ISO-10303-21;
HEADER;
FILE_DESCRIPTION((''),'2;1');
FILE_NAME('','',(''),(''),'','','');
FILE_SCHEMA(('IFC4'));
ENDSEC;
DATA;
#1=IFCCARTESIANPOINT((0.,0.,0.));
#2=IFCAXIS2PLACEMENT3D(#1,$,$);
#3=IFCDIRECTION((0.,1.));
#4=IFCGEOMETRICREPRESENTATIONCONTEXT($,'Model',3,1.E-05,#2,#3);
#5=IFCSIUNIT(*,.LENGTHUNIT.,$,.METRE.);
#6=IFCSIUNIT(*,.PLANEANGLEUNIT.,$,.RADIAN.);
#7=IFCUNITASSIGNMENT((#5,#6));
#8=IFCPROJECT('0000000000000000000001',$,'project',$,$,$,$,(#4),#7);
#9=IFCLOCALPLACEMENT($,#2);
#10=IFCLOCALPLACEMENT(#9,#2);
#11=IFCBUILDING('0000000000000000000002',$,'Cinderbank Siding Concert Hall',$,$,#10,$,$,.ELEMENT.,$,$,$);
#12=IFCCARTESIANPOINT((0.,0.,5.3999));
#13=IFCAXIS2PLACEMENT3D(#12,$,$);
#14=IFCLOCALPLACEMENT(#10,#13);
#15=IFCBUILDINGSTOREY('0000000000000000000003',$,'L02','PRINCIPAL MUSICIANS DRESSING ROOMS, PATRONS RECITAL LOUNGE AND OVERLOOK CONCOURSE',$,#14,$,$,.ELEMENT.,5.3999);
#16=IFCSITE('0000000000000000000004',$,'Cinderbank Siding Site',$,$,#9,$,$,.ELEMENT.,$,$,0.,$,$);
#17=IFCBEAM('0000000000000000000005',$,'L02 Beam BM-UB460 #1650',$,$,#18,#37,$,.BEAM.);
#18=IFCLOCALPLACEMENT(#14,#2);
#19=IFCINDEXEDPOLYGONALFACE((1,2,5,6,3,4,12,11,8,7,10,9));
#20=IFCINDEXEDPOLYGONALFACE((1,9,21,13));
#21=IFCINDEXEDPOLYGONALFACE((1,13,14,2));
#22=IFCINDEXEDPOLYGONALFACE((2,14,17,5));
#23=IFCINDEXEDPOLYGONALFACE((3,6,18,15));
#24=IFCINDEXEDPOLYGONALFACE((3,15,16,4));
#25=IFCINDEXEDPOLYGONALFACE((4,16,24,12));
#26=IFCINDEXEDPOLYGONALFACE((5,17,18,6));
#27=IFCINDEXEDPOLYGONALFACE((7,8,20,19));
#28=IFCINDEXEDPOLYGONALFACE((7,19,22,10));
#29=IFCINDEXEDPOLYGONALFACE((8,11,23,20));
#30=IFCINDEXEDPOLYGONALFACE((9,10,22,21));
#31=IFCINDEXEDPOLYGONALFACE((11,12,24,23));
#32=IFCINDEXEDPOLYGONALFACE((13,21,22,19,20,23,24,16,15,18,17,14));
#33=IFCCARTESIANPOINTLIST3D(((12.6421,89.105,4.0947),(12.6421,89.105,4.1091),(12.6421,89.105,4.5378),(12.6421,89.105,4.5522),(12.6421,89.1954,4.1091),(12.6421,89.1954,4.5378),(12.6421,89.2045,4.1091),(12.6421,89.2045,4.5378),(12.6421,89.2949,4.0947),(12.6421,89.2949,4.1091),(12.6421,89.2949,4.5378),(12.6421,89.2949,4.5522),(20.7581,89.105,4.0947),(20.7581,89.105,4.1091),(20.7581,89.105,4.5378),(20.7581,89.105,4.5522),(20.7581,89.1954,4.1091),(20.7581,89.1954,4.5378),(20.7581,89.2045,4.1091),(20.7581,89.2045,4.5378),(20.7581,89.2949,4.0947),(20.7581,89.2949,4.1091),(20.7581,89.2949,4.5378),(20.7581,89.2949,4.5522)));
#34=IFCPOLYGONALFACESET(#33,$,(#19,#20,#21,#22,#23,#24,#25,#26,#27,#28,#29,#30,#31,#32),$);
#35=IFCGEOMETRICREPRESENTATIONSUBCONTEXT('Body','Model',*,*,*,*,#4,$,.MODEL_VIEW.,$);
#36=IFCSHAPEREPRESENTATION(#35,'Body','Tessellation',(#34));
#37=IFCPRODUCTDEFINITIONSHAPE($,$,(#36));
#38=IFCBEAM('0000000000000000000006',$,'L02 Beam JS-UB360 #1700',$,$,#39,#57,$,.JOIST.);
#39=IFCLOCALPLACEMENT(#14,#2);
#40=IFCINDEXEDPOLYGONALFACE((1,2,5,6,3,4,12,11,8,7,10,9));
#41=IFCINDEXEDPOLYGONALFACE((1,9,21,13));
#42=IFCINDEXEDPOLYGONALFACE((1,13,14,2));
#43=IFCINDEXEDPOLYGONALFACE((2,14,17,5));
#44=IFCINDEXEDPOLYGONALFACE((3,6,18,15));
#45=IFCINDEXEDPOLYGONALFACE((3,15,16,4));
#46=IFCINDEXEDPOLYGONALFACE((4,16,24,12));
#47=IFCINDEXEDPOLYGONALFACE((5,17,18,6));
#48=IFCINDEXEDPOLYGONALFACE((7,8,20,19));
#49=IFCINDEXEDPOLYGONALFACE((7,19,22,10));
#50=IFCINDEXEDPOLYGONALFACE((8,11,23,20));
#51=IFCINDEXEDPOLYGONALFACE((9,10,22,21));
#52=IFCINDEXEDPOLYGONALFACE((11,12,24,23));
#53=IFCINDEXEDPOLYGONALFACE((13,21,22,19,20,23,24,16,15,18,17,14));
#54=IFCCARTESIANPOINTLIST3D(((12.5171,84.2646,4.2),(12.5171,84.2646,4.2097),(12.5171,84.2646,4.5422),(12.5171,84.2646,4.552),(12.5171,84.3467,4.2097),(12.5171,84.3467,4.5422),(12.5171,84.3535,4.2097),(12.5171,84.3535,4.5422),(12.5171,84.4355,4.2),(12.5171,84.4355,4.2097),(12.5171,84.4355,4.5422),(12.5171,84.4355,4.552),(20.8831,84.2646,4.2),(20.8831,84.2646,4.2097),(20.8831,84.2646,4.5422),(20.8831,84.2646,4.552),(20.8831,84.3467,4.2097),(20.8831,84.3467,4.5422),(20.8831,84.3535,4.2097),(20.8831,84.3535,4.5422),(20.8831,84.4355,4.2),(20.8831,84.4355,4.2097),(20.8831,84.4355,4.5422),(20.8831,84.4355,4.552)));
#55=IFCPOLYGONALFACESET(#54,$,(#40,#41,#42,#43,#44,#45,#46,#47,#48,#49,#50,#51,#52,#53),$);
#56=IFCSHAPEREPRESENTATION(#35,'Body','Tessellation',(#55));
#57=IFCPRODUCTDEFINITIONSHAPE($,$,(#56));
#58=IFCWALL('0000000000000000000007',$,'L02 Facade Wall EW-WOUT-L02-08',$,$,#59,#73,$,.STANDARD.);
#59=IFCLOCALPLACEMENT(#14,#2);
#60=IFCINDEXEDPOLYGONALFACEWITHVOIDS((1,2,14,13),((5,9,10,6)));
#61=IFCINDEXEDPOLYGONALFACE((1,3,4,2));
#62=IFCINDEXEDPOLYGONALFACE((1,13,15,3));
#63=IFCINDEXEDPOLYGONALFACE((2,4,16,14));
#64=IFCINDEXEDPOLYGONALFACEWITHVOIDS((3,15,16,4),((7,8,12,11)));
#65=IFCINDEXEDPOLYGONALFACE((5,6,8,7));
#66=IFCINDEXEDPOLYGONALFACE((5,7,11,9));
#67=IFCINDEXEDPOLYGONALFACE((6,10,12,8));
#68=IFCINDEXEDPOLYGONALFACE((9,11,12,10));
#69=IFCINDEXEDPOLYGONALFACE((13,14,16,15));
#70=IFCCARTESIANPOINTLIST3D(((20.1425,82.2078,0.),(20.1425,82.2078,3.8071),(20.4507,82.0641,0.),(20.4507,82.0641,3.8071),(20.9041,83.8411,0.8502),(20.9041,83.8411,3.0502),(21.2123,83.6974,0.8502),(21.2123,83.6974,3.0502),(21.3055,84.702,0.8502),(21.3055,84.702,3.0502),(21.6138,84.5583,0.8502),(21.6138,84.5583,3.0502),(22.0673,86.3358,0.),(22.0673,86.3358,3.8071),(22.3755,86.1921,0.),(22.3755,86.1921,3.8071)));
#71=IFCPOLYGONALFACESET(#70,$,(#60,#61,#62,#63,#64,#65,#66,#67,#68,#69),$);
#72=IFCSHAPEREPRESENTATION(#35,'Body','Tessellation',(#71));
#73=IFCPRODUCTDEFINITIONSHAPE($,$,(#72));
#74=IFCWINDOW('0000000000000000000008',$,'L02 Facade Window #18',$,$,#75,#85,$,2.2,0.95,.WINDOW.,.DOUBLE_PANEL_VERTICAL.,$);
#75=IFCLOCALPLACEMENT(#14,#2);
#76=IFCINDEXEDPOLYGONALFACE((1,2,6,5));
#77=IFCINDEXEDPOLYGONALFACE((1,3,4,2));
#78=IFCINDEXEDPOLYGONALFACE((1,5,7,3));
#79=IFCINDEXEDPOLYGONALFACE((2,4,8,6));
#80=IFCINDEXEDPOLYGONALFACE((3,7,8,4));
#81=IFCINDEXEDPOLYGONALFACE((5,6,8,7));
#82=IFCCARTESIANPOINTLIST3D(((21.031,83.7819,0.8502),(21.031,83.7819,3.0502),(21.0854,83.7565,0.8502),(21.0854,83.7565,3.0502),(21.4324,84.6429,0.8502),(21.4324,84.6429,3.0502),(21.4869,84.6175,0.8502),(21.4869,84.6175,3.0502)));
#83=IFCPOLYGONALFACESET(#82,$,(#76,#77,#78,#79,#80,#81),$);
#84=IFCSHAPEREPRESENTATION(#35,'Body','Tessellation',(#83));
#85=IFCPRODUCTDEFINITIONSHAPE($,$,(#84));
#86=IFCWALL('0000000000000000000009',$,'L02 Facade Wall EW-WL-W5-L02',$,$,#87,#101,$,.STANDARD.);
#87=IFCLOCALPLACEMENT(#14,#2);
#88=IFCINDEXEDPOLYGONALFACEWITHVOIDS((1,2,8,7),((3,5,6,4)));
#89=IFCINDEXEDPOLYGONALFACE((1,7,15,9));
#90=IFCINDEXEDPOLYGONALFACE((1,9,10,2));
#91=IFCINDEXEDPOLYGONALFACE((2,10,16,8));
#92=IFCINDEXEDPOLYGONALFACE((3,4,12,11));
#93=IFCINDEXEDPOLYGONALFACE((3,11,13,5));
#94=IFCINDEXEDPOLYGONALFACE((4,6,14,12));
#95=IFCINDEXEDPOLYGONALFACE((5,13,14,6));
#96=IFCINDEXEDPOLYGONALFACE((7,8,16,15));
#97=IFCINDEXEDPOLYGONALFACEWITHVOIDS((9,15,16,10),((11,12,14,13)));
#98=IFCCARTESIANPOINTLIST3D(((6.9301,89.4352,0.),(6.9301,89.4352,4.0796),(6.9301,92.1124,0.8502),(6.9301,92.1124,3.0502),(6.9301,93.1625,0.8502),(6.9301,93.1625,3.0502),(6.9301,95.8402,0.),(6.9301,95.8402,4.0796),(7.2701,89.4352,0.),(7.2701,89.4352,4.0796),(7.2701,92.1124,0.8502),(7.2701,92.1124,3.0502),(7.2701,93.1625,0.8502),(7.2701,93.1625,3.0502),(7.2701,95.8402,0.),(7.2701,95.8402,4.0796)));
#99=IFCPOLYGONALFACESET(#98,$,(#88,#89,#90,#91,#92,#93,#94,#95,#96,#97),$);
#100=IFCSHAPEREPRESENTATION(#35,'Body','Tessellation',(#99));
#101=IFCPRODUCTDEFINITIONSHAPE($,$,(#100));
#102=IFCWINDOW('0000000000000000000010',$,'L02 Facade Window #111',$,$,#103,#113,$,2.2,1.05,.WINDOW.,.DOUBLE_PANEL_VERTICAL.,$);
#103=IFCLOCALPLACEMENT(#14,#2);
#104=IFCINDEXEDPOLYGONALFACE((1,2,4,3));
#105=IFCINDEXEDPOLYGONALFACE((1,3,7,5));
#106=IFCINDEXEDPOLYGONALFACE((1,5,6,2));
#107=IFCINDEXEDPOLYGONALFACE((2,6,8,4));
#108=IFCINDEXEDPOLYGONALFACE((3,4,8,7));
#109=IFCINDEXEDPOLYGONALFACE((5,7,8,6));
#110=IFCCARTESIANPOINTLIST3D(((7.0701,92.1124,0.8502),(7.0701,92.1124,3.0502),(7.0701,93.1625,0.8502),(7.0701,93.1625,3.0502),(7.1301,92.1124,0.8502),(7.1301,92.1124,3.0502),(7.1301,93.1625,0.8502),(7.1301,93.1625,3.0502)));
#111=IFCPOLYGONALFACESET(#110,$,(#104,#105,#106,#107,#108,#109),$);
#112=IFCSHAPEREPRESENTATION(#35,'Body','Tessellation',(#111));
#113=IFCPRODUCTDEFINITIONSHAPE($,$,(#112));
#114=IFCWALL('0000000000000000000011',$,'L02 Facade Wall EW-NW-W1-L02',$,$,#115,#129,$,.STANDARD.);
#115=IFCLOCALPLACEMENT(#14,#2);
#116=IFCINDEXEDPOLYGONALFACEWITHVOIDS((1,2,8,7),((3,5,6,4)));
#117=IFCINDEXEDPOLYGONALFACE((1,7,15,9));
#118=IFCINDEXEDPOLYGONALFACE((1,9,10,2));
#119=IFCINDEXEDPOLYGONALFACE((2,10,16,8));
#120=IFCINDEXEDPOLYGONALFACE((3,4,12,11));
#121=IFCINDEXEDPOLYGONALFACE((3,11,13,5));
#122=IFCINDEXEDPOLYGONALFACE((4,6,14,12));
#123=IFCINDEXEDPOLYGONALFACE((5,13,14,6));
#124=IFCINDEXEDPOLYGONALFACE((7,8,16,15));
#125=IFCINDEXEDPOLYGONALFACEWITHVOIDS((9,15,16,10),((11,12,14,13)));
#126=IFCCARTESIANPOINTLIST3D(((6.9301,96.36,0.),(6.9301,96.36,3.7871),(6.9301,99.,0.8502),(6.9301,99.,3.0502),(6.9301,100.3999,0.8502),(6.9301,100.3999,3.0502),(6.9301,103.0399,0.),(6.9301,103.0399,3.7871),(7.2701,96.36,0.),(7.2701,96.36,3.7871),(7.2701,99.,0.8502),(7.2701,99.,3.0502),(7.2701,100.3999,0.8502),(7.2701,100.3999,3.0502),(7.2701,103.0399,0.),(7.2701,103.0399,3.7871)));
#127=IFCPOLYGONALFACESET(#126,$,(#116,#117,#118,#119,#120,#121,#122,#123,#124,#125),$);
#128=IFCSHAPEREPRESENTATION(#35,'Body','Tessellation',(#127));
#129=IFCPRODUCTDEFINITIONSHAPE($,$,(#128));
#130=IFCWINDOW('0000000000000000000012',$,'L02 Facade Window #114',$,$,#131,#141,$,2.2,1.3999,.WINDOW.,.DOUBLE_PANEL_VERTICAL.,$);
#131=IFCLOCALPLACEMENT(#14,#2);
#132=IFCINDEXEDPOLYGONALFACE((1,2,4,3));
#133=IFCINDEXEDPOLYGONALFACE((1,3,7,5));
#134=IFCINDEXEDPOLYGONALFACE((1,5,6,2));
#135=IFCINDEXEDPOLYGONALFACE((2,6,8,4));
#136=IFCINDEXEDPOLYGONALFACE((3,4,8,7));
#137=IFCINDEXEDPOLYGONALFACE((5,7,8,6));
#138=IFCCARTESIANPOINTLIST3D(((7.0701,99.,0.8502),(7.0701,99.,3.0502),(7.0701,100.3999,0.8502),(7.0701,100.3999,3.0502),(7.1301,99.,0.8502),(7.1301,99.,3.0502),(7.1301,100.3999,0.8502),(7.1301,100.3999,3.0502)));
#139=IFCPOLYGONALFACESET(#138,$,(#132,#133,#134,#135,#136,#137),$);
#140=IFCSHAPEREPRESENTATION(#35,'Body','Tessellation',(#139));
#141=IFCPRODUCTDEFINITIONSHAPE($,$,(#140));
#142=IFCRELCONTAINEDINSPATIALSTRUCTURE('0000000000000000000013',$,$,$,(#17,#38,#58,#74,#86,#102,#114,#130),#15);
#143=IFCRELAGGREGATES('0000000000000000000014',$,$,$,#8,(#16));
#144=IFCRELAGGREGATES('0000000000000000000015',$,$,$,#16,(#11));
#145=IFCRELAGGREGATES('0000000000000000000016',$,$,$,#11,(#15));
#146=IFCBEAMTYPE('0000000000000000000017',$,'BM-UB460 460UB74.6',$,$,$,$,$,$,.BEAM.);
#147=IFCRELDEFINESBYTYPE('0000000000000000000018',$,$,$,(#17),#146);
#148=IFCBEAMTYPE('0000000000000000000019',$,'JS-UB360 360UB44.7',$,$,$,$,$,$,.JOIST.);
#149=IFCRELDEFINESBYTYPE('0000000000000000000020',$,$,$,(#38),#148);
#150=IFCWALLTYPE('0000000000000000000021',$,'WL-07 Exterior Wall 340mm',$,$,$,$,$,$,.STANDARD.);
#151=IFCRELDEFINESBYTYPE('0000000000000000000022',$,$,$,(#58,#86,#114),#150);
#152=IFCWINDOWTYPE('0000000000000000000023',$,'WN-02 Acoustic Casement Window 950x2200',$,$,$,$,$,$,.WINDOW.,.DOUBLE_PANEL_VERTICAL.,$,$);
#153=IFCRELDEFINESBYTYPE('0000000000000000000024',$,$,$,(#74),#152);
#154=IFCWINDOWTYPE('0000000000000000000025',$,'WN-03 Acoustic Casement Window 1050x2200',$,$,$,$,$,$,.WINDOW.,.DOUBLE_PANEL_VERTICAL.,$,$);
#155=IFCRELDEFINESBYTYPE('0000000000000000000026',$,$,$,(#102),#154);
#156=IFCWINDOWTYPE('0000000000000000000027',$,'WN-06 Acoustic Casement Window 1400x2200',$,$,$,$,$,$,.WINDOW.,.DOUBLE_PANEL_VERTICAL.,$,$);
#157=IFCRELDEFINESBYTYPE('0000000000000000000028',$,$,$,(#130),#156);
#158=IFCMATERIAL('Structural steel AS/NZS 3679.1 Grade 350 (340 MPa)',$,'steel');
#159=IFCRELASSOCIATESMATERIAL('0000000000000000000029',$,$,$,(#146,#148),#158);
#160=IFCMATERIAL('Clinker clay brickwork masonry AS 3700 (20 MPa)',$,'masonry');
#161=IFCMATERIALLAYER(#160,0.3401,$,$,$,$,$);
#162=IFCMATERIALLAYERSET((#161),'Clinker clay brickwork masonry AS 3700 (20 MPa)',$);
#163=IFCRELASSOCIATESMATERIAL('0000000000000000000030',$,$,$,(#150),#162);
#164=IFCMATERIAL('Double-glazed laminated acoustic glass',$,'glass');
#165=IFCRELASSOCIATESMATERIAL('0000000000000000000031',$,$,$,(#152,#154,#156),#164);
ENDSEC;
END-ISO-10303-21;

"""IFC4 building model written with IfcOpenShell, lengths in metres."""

from ifc_helpers import new_model, si_unit, direction, frame, frame_2d, origin, origin_2d, place, context, subcontext, project, spatial, rectangle, i_section, extrude, material, layer, layer_set, material_profile, profile_set, type_object, element, fill, save


model = new_model("IFC4")

# Units and contexts
model_context = context("Model", 3, precision=1e-05, world=origin(), true_north=direction((0.0, 1.0)))
body_context = subcontext(model_context, "Body", "Model", "MODEL_VIEW")
ifc_project = project(units=[si_unit("LENGTHUNIT", "METRE"), si_unit("PLANEANGLEUNIT", "RADIAN")], contexts=[model_context])

# Site, building, storey
site_placement = place(None, origin())
site = spatial("IfcSite", under=ifc_project, at=site_placement, Name="Cinderbank Siding Site", CompositionType="ELEMENT", RefElevation=0.0)
building_placement = place(site_placement, origin())
building = spatial("IfcBuilding", under=site, at=building_placement, Name="Cinderbank Siding Concert Hall", CompositionType="ELEMENT")
storey_placement = place(building_placement, frame((0.0, 0.0, 5.3999)))
storey = spatial("IfcBuildingStorey", under=building, at=storey_placement, Name="L02", Description="PRINCIPAL MUSICIANS DRESSING ROOMS, PATRONS RECITAL LOUNGE AND OVERLOOK CONCOURSE", CompositionType="ELEMENT", Elevation=5.3999)

# Beams
ifc_material_1 = material(Name="Structural steel AS/NZS 3679.1 Grade 350 (340 MPa)", Category="steel")
ifc_material_profile_1 = material_profile(ifc_material_1, i_section(OverallWidth=0.1899, OverallDepth=0.4575, WebThickness=0.009, FlangeThickness=0.0144, at=origin_2d()), Name="460UB74.6", Category="LoadBearing")
ifc_profile_set_1 = profile_set([ifc_material_profile_1], Name="Structural steel AS/NZS 3679.1 Grade 350 (340 MPa)")
beam_type_1 = type_object("IfcBeamType", Name="BM-UB460 460UB74.6", PredefinedType="BEAM", material=ifc_profile_set_1)
beam_1_placement = place(storey_placement, frame((12.6421, 89.2, 4.3235), z_axis=(1.0, 0.0, 0.0), x_axis=(0.0, 1.0, 0.0)))
element("IfcBeam", 1, at=beam_1_placement, inside=storey, type_object=beam_type_1, Name="L02 Beam BM-UB460 #1650", PredefinedType="BEAM", context=body_context, shape_type="SweptSolid", body=[
    extrude(i_section(OverallWidth=0.1899, OverallDepth=0.4575, WebThickness=0.009, FlangeThickness=0.0144, at=origin_2d()), origin(), (0.0, 0.0, 1.0), 8.116),
])
ifc_material_profile_2 = material_profile(ifc_material_1, i_section(OverallWidth=0.1709, OverallDepth=0.3521, WebThickness=0.0068, FlangeThickness=0.0098, at=origin_2d()), Name="360UB44.7", Category="LoadBearing")
ifc_profile_set_2 = profile_set([ifc_material_profile_2], Name="Structural steel AS/NZS 3679.1 Grade 350 (340 MPa)")
beam_type_2 = type_object("IfcBeamType", Name="JS-UB360 360UB44.7", PredefinedType="JOIST", material=ifc_profile_set_2)
beam_2_placement = place(storey_placement, frame((12.5171, 84.3501, 4.376), z_axis=(1.0, 0.0, 0.0), x_axis=(0.0, 1.0, 0.0)))
element("IfcBeam", 2, at=beam_2_placement, inside=storey, type_object=beam_type_2, Name="L02 Beam JS-UB360 #1700", PredefinedType="JOIST", context=body_context, shape_type="SweptSolid", body=[
    extrude(i_section(OverallWidth=0.1709, OverallDepth=0.3521, WebThickness=0.0068, FlangeThickness=0.0098, at=origin_2d()), origin(), (0.0, 0.0, 1.0), 8.366),
])

# Walls, openings, windows
ifc_material_2 = material(Name="Clinker clay brickwork masonry AS 3700 (20 MPa)", Category="masonry")
ifc_layer = layer(ifc_material_2, 0.3401)
ifc_layer_set = layer_set([ifc_layer], Name="Clinker clay brickwork masonry AS 3700 (20 MPa)")
wall_type = type_object("IfcWallType", Name="WL-07 Exterior Wall 340mm", PredefinedType="STANDARD", material=ifc_layer_set)
wall_1_placement = place(storey_placement, frame((22.2214, 86.2639, 0.0), z_axis=(0.0, 0.0, 1.0), x_axis=(-0.422604, -0.906315, 0.0)))
wall_1 = element("IfcWall", 3, at=wall_1_placement, inside=storey, type_object=wall_type, Name="L02 Facade Wall EW-WOUT-L02-08", PredefinedType="STANDARD", context=body_context, shape_type="SweptSolid", body=[
    extrude(rectangle(XDim=4.5547, YDim=0.3401, at=frame_2d((2.2773, 0.0))), origin(), (0.0, 0.0, 1.0), 3.8071),
])
opening_1_placement = place(wall_1_placement, frame((1.8025, 0.0, 0.8501)))
opening_1 = element("IfcOpeningElement", 4, at=opening_1_placement, cuts=wall_1, PredefinedType="OPENING", context=body_context, shape_type="SweptSolid", body=[
    extrude(rectangle(XDim=0.95, YDim=2.2, at=frame_2d((0.4751, 1.1001))), frame((0.0, 0.1821, 0.0), z_axis=(0.0, -1.0, 0.0), x_axis=(1.0, 0.0, 0.0)), (0.0, 0.0, 1.0), 0.364),
])
ifc_material_3 = material(Name="Double-glazed laminated acoustic glass", Category="glass")
window_type_1 = type_object("IfcWindowType", Name="WN-02 Acoustic Casement Window 950x2200", PartitioningType="DOUBLE_PANEL_VERTICAL", PredefinedType="WINDOW", material=ifc_material_3)
window_1_placement = place(opening_1_placement, origin())
window_1 = element("IfcWindow", 5, at=window_1_placement, inside=storey, type_object=window_type_1, Name="L02 Facade Window #18", OverallHeight=2.2, OverallWidth=0.95, PartitioningType="DOUBLE_PANEL_VERTICAL", PredefinedType="WINDOW", context=body_context, shape_type="SweptSolid", body=[
    extrude(rectangle(XDim=0.95, YDim=2.2, at=frame_2d((0.4751, 1.1001))), frame((0.0, 0.03, 0.0), z_axis=(0.0, -1.0, 0.0), x_axis=(1.0, 0.0, 0.0)), (0.0, 0.0, 1.0), 0.0601),
])
fill(opening_1, window_1)
wall_2_placement = place(storey_placement, frame((7.1001, 89.4351, 0.0), z_axis=(0.0, 0.0, 1.0), x_axis=(0.0, 1.0, 0.0)))
wall_2 = element("IfcWall", 6, at=wall_2_placement, inside=storey, type_object=wall_type, Name="L02 Facade Wall EW-WL-W5-L02", PredefinedType="STANDARD", context=body_context, shape_type="SweptSolid", body=[
    extrude(rectangle(XDim=6.405, YDim=0.3401, at=frame_2d((3.2026, 0.0))), origin(), (0.0, 0.0, 1.0), 4.0796),
])
opening_2_placement = place(wall_2_placement, frame((2.6775, 0.0, 0.8501)))
opening_2 = element("IfcOpeningElement", 7, at=opening_2_placement, cuts=wall_2, PredefinedType="OPENING", context=body_context, shape_type="SweptSolid", body=[
    extrude(rectangle(XDim=1.05, YDim=2.2, at=frame_2d((0.5249, 1.1001))), frame((0.0, 0.1821, 0.0), z_axis=(0.0, -1.0, 0.0), x_axis=(1.0, 0.0, 0.0)), (0.0, 0.0, 1.0), 0.364),
])
window_type_2 = type_object("IfcWindowType", Name="WN-03 Acoustic Casement Window 1050x2200", PartitioningType="DOUBLE_PANEL_VERTICAL", PredefinedType="WINDOW", material=ifc_material_3)
window_2_placement = place(opening_2_placement, origin())
window_2 = element("IfcWindow", 8, at=window_2_placement, inside=storey, type_object=window_type_2, Name="L02 Facade Window #111", OverallHeight=2.2, OverallWidth=1.05, PartitioningType="DOUBLE_PANEL_VERTICAL", PredefinedType="WINDOW", context=body_context, shape_type="SweptSolid", body=[
    extrude(rectangle(XDim=1.05, YDim=2.2, at=frame_2d((0.5249, 1.1001))), frame((0.0, 0.03, 0.0), z_axis=(0.0, -1.0, 0.0), x_axis=(1.0, 0.0, 0.0)), (0.0, 0.0, 1.0), 0.0601),
])
fill(opening_2, window_2)
wall_3_placement = place(storey_placement, frame((7.1001, 96.3601, 0.0), z_axis=(0.0, 0.0, 1.0), x_axis=(0.0, 1.0, 0.0)))
wall_3 = element("IfcWall", 9, at=wall_3_placement, inside=storey, type_object=wall_type, Name="L02 Facade Wall EW-NW-W1-L02", PredefinedType="STANDARD", context=body_context, shape_type="SweptSolid", body=[
    extrude(rectangle(XDim=6.6799, YDim=0.3401, at=frame_2d((3.3398, 0.0))), origin(), (0.0, 0.0, 1.0), 3.7871),
])
opening_3_placement = place(wall_3_placement, frame((2.6399, 0.0, 0.8501)))
opening_3 = element("IfcOpeningElement", 10, at=opening_3_placement, cuts=wall_3, PredefinedType="OPENING", context=body_context, shape_type="SweptSolid", body=[
    extrude(rectangle(XDim=1.3999, YDim=2.2, at=frame_2d((0.7, 1.1001))), frame((0.0, 0.1821, 0.0), z_axis=(0.0, -1.0, 0.0), x_axis=(1.0, 0.0, 0.0)), (0.0, 0.0, 1.0), 0.364),
])
window_type_3 = type_object("IfcWindowType", Name="WN-06 Acoustic Casement Window 1400x2200", PartitioningType="DOUBLE_PANEL_VERTICAL", PredefinedType="WINDOW", material=ifc_material_3)
window_3_placement = place(opening_3_placement, origin())
window_3 = element("IfcWindow", 11, at=window_3_placement, inside=storey, type_object=window_type_3, Name="L02 Facade Window #114", OverallHeight=2.2, OverallWidth=1.3999, PartitioningType="DOUBLE_PANEL_VERTICAL", PredefinedType="WINDOW", context=body_context, shape_type="SweptSolid", body=[
    extrude(rectangle(XDim=1.3999, YDim=2.2, at=frame_2d((0.7, 1.1001))), frame((0.0, 0.03, 0.0), z_axis=(0.0, -1.0, 0.0), x_axis=(1.0, 0.0, 0.0)), (0.0, 0.0, 1.0), 0.0601),
])
fill(opening_3, window_3)

save(model, "model.ifc")
